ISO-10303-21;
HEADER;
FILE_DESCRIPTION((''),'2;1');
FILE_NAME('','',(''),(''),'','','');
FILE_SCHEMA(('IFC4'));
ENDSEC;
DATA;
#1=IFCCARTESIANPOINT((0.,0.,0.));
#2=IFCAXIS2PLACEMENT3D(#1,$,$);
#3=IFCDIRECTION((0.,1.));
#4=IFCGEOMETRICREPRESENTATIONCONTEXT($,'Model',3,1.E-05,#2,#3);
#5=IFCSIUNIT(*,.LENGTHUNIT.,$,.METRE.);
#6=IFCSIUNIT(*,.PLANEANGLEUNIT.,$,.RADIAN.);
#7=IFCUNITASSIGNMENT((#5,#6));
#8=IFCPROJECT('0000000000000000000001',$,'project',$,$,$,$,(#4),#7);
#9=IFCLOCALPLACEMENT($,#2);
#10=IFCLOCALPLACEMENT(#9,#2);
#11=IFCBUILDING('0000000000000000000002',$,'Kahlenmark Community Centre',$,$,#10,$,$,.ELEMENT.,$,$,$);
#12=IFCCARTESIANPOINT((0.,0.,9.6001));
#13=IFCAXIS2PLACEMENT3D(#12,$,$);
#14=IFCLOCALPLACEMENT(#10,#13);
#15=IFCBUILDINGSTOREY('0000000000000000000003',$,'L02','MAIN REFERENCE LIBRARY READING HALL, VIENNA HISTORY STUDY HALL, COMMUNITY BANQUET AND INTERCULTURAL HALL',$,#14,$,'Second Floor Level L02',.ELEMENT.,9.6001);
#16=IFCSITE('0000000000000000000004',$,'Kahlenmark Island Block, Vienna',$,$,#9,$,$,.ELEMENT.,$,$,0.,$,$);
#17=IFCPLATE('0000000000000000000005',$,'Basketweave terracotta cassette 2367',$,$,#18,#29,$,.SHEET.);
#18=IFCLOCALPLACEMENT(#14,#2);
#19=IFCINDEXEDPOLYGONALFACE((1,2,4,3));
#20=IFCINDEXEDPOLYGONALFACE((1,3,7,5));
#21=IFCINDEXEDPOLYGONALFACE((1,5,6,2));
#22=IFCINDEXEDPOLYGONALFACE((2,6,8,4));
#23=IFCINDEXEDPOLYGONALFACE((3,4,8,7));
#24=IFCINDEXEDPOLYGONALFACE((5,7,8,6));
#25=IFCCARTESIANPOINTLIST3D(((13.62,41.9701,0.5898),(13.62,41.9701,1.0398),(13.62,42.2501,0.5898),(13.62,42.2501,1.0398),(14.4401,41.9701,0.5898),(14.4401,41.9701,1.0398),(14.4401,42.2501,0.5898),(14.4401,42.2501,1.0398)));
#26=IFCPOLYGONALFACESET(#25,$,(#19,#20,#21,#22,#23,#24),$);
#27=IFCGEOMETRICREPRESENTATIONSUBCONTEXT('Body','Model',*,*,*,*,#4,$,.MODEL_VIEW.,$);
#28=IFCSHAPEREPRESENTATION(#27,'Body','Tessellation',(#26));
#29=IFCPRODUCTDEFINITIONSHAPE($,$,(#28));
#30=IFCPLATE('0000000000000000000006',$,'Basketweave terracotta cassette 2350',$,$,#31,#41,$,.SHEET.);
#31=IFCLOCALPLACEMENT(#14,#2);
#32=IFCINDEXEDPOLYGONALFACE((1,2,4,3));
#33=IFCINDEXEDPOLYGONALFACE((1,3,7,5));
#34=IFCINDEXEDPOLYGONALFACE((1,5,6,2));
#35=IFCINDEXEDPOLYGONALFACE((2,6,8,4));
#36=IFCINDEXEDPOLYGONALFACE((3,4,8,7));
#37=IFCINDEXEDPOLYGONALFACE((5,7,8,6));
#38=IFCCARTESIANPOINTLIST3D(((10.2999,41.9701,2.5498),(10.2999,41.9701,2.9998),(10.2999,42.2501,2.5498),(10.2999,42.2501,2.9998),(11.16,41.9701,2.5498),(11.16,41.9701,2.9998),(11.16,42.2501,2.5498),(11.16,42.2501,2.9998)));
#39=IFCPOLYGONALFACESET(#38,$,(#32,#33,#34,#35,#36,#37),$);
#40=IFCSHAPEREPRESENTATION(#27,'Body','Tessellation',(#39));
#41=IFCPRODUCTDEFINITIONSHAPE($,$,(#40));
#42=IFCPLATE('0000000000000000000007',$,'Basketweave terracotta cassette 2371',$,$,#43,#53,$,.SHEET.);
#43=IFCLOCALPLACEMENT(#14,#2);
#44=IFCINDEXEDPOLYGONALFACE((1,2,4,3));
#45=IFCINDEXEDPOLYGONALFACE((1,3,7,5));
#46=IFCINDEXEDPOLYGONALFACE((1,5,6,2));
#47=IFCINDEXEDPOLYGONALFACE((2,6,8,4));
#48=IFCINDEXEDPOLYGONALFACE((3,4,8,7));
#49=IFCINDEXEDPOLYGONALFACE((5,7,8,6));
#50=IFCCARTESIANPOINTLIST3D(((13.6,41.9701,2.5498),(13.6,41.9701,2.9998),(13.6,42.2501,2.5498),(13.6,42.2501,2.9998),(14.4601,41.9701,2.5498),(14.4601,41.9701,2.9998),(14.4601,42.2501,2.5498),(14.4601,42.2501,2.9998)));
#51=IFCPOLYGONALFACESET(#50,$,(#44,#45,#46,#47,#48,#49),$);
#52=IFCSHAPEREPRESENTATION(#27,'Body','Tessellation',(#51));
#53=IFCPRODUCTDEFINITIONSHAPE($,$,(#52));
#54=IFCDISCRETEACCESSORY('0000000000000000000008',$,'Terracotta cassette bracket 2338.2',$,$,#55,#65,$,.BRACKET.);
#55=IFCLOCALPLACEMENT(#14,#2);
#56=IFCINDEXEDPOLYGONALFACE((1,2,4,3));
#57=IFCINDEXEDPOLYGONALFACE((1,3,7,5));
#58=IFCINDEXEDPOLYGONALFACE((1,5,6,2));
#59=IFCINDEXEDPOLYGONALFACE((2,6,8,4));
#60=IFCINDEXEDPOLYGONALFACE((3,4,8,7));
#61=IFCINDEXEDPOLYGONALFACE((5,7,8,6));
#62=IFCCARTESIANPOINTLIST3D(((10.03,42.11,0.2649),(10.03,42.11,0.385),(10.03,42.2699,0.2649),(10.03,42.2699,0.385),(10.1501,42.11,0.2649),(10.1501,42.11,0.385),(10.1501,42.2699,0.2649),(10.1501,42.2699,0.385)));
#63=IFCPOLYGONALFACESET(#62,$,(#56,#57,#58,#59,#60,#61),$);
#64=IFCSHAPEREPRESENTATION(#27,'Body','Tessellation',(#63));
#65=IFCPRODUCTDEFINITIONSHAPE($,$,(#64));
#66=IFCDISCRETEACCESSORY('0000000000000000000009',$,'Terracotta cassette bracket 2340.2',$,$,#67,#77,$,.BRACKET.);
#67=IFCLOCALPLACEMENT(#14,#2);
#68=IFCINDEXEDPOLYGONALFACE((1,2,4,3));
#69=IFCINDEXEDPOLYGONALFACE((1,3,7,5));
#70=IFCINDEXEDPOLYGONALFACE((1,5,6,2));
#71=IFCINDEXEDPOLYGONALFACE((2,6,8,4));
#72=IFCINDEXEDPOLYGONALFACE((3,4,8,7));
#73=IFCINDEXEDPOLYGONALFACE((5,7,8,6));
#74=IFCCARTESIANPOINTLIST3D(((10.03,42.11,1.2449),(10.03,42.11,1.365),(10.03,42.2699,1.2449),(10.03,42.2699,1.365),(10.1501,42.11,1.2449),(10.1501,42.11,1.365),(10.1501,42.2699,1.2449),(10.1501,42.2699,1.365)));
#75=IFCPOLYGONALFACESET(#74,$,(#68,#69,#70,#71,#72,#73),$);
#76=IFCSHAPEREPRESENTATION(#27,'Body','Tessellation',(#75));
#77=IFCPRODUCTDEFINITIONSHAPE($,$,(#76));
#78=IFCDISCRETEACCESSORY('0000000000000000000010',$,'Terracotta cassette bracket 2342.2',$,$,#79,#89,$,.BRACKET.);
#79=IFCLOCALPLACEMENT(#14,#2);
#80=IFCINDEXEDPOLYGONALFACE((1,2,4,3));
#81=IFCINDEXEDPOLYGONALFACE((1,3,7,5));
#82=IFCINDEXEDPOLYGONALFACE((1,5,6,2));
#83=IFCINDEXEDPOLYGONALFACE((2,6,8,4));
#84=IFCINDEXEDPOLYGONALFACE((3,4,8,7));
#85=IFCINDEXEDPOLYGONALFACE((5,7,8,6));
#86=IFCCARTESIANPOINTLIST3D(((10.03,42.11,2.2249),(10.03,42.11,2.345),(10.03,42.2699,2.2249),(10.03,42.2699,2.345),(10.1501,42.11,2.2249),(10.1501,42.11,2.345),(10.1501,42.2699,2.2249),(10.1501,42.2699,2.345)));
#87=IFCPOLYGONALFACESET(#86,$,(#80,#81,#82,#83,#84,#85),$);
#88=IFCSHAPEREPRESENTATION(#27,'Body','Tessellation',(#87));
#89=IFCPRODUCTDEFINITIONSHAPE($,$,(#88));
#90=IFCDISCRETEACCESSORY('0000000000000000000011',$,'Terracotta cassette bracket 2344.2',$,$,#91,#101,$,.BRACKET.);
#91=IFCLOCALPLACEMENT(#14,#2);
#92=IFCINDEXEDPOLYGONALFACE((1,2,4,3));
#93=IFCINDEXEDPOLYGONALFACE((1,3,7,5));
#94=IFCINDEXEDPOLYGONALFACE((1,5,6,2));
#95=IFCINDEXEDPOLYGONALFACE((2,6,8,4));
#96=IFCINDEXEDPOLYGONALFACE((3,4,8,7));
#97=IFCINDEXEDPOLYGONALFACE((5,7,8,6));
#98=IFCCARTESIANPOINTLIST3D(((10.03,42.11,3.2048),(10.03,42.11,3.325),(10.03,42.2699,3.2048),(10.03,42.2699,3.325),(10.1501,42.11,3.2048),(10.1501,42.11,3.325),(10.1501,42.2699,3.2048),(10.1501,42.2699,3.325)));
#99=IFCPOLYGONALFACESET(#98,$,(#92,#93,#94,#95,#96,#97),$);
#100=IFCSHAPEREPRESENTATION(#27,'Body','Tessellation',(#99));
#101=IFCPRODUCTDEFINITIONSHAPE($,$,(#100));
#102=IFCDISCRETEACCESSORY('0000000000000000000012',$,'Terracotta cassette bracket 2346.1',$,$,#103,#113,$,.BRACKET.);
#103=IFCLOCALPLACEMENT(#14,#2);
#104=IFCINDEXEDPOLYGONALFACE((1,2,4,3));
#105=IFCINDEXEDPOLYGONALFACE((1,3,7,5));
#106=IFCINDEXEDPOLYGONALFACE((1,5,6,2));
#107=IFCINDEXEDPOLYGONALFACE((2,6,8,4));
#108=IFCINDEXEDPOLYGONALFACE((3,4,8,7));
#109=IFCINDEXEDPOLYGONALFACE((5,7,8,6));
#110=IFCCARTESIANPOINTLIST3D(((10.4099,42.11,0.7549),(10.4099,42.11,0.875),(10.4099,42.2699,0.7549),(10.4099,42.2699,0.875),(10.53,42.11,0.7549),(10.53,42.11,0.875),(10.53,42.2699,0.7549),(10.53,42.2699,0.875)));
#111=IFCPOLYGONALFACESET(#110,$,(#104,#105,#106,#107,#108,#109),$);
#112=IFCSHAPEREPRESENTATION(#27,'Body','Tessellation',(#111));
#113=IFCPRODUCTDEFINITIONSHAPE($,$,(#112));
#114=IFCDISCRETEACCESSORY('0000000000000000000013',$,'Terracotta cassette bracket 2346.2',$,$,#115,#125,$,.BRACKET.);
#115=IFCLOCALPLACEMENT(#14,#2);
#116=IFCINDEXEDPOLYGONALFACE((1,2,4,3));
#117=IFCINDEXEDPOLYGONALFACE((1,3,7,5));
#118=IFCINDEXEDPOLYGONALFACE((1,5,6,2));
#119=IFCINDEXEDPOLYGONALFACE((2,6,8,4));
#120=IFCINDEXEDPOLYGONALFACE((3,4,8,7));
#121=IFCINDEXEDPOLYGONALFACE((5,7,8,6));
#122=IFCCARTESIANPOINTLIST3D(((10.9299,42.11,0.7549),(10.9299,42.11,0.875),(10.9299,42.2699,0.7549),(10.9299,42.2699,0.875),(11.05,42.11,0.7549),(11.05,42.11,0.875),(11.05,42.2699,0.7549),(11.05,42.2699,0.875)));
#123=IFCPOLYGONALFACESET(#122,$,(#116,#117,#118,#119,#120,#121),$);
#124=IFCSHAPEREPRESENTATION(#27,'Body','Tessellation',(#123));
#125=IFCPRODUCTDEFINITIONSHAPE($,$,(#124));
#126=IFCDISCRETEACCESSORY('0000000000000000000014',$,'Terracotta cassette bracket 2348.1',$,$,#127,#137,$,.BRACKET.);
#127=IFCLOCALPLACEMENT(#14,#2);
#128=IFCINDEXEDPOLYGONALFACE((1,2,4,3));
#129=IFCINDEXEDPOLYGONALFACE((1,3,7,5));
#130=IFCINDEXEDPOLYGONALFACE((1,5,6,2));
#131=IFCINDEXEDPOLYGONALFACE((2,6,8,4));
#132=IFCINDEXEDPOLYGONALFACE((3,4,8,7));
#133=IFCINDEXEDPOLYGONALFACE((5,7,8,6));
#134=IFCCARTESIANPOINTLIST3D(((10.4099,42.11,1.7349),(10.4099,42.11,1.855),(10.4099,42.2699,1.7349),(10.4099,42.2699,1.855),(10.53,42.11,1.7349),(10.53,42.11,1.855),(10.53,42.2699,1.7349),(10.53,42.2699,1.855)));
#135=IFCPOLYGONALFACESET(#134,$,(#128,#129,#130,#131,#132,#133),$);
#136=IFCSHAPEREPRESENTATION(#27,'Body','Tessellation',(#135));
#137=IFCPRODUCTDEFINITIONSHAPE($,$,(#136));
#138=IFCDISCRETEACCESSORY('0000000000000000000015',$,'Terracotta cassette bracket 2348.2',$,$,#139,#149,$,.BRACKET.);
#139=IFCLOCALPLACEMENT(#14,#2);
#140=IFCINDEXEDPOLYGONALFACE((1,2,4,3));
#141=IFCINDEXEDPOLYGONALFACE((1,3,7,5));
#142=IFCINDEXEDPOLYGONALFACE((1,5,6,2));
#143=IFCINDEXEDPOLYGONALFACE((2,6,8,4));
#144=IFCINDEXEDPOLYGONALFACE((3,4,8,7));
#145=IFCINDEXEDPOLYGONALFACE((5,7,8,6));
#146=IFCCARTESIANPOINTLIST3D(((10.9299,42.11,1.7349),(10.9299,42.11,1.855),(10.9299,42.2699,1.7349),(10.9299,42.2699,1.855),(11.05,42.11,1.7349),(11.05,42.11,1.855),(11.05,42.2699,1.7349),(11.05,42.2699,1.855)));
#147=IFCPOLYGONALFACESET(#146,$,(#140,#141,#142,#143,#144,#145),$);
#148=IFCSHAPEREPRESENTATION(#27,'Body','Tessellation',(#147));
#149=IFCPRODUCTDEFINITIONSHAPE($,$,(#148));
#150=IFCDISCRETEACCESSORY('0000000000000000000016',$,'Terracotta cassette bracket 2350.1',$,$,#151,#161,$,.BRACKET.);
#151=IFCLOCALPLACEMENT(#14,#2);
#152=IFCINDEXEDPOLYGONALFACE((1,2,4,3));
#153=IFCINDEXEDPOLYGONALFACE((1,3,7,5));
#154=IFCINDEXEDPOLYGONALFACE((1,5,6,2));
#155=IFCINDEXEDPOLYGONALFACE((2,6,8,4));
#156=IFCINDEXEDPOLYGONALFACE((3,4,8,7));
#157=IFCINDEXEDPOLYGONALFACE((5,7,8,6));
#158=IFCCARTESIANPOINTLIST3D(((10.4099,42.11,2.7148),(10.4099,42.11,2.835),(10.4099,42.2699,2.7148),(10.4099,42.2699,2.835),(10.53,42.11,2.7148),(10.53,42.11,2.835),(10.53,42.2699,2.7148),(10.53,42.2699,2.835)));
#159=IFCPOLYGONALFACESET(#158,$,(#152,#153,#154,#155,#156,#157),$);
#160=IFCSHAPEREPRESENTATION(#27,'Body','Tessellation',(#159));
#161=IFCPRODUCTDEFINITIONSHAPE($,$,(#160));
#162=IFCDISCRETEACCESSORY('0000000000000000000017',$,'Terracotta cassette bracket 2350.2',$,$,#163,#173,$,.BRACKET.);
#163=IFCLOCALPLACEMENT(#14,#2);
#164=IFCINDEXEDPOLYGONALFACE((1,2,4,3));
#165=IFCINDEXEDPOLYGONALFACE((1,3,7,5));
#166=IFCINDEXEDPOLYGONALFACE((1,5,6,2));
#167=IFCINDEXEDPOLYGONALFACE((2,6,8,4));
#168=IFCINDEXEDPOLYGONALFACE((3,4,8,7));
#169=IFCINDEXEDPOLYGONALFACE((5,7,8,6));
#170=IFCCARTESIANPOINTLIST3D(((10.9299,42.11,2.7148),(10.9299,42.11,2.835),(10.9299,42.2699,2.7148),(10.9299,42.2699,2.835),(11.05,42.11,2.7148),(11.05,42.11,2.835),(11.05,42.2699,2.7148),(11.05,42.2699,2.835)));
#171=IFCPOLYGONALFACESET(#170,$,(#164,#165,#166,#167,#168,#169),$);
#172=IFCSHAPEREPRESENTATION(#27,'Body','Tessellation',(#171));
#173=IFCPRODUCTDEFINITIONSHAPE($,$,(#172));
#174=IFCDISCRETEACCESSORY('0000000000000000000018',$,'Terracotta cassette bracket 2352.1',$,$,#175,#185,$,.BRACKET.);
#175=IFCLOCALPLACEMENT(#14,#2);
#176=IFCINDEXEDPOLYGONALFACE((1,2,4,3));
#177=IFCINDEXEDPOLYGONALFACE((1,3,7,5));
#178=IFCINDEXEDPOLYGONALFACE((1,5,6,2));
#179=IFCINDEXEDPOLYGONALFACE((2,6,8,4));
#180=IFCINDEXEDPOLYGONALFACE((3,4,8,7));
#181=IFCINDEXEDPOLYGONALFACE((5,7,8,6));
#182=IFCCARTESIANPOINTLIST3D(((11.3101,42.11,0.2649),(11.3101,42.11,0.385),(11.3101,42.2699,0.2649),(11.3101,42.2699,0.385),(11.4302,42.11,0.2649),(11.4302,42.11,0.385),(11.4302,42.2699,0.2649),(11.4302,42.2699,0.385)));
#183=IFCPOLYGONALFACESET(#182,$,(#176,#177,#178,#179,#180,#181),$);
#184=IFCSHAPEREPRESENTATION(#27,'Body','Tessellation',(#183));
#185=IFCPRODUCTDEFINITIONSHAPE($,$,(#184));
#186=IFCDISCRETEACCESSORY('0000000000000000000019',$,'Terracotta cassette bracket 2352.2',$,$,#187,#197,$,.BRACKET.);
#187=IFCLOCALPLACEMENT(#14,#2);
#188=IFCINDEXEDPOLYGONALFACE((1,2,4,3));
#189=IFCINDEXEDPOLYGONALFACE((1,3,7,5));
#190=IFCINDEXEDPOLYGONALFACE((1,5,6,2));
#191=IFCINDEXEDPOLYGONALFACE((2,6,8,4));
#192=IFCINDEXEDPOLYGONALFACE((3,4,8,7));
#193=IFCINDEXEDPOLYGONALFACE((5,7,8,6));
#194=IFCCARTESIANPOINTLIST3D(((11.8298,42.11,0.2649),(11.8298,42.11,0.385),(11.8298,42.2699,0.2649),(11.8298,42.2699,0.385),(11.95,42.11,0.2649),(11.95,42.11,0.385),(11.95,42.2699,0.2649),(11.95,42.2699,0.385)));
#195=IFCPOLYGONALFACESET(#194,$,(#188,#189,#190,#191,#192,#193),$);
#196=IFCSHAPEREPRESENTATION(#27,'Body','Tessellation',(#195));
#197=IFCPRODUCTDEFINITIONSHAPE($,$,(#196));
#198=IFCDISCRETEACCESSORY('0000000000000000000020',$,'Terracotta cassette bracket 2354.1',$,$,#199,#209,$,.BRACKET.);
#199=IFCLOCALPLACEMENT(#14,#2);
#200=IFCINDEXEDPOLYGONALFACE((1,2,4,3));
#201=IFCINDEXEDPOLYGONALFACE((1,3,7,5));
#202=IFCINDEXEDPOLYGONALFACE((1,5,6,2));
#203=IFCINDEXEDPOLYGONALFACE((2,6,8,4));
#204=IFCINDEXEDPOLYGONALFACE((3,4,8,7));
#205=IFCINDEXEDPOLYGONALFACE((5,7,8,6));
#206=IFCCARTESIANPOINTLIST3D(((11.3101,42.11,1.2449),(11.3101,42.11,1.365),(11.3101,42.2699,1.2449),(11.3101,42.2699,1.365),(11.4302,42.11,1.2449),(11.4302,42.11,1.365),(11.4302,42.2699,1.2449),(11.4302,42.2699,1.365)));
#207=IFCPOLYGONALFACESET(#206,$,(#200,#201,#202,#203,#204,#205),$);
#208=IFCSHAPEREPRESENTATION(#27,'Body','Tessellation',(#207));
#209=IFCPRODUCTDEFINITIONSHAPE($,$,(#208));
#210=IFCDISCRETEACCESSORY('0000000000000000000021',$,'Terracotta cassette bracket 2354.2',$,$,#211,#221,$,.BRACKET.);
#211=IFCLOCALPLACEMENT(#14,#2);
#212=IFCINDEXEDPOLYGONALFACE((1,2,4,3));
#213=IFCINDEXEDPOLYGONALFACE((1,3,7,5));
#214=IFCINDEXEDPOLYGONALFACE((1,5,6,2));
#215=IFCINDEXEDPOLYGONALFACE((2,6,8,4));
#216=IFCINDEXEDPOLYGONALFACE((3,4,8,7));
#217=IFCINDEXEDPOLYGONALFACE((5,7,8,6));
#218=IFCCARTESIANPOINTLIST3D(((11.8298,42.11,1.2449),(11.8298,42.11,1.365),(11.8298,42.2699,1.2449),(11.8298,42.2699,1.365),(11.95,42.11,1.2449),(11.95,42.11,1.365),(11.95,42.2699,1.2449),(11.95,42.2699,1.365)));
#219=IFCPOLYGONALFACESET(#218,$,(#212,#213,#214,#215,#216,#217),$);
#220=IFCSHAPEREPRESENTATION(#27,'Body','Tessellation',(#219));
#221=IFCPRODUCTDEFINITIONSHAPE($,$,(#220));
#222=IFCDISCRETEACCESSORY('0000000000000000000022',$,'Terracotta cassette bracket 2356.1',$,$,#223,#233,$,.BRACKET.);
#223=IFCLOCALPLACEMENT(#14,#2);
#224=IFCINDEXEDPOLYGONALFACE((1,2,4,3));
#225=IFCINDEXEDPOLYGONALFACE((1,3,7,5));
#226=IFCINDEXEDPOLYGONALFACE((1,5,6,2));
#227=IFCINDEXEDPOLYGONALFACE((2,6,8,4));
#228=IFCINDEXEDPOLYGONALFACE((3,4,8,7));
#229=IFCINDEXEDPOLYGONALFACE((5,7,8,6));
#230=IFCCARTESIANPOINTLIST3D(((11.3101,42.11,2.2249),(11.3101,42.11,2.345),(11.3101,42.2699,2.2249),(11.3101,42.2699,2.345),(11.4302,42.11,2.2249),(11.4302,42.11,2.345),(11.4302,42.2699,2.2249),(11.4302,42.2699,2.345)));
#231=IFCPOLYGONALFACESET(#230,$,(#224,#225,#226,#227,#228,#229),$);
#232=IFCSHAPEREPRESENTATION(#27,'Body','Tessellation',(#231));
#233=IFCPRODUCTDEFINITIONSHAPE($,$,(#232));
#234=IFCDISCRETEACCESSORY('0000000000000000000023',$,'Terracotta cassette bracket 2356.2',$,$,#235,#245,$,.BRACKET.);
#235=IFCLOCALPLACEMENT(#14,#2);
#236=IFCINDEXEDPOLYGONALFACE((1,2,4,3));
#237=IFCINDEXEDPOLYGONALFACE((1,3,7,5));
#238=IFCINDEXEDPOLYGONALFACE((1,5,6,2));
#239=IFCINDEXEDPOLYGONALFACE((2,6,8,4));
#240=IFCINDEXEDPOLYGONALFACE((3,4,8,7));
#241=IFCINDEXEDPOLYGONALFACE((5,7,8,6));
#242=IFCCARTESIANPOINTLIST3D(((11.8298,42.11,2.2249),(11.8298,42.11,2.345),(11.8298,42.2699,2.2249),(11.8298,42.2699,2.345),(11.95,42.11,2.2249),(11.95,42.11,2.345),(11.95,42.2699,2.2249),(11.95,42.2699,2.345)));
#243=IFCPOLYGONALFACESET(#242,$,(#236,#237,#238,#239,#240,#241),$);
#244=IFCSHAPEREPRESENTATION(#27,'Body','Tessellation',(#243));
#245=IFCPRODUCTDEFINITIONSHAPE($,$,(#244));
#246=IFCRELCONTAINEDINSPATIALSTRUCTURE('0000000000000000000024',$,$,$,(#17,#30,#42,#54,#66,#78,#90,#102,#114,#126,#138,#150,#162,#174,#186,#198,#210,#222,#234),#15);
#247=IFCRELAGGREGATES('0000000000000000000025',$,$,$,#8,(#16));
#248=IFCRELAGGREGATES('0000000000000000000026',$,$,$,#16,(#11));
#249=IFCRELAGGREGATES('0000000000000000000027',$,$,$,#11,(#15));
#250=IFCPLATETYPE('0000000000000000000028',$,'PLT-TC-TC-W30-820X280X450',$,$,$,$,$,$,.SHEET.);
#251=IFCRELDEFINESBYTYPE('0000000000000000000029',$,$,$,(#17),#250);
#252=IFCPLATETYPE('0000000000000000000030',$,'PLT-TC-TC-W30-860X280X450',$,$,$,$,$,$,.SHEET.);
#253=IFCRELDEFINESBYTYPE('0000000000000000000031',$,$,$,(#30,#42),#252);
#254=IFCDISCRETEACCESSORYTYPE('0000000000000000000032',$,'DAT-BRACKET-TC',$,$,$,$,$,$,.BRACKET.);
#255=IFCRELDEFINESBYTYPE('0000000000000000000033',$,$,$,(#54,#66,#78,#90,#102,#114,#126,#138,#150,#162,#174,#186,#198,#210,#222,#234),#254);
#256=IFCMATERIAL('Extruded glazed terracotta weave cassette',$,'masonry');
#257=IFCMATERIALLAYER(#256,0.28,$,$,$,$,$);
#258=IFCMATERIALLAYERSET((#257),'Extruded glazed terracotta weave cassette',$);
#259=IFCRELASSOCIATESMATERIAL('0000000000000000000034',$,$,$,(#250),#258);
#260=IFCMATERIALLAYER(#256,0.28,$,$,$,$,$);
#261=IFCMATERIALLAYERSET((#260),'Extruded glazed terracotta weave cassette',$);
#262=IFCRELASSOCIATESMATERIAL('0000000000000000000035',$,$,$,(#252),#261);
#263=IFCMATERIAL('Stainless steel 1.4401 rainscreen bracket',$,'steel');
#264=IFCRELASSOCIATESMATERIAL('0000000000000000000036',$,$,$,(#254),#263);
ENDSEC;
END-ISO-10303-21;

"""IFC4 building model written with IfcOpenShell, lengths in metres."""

from ifc_helpers import new_model, si_unit, direction, frame, origin, origin_2d, place, context, subcontext, project, spatial, rectangle, extrude, material, layer, layer_set, type_object, element, save


model = new_model("IFC4")

# Units and contexts
model_context = context("Model", 3, precision=1e-05, world=origin(), true_north=direction((0.0, 1.0)))
body_context = subcontext(model_context, "Body", "Model", "MODEL_VIEW")
ifc_project = project(units=[si_unit("LENGTHUNIT", "METRE"), si_unit("PLANEANGLEUNIT", "RADIAN")], contexts=[model_context])

# Site, building, storey
site_placement = place(None, origin())
site = spatial("IfcSite", under=ifc_project, at=site_placement, Name="Kahlenmark Island Block, Vienna", CompositionType="ELEMENT", RefElevation=0.0)
building_placement = place(site_placement, origin())
building = spatial("IfcBuilding", under=site, at=building_placement, Name="Kahlenmark Community Centre", CompositionType="ELEMENT")
storey_placement = place(building_placement, frame((0.0, 0.0, 9.6001)))
storey = spatial("IfcBuildingStorey", under=building, at=storey_placement, Name="L02", Description="MAIN REFERENCE LIBRARY READING HALL, VIENNA HISTORY STUDY HALL, COMMUNITY BANQUET AND INTERCULTURAL HALL", LongName="Second Floor Level L02", CompositionType="ELEMENT", Elevation=9.6001)

# Plates
ifc_material_1 = material(Name="Extruded glazed terracotta weave cassette", Category="masonry")
ifc_layer_1 = layer(ifc_material_1, 0.28)
ifc_layer_set_1 = layer_set([ifc_layer_1], Name="Extruded glazed terracotta weave cassette")
plate_type_1 = type_object("IfcPlateType", Name="PLT-TC-TC-W30-820X280X450", PredefinedType="SHEET", material=ifc_layer_set_1)
for number, where, z_axis, x_axis, name in (
    (1, (14.03, 42.1101, 0.5898), (0.0, 0.0, 1.0), (1.0, 0.0, 0.0), "Basketweave terracotta cassette 2367"),
):
    element("IfcPlate", number, at=place(storey_placement, frame(where, z_axis=z_axis, x_axis=x_axis)), inside=storey, type_object=plate_type_1, Name=name, PredefinedType="SHEET", context=body_context, shape_type="SweptSolid", body=[
        extrude(rectangle(XDim=0.8201, YDim=0.28, at=origin_2d()), origin(), (0.0, 0.0, 1.0), 0.45),
    ])
ifc_layer_2 = layer(ifc_material_1, 0.28)
ifc_layer_set_2 = layer_set([ifc_layer_2], Name="Extruded glazed terracotta weave cassette")
plate_type_2 = type_object("IfcPlateType", Name="PLT-TC-TC-W30-860X280X450", PredefinedType="SHEET", material=ifc_layer_set_2)
for number, where, z_axis, x_axis, name in (
    (2, (10.73, 42.1101, 2.5498), (0.0, 0.0, 1.0), (1.0, 0.0, 0.0), "Basketweave terracotta cassette 2350"),
    (3, (14.03, 42.1101, 2.5498), (0.0, 0.0, 1.0), (1.0, 0.0, 0.0), "Basketweave terracotta cassette 2371"),
):
    element("IfcPlate", number, at=place(storey_placement, frame(where, z_axis=z_axis, x_axis=x_axis)), inside=storey, type_object=plate_type_2, Name=name, PredefinedType="SHEET", context=body_context, shape_type="SweptSolid", body=[
        extrude(rectangle(XDim=0.8601, YDim=0.28, at=origin_2d()), origin(), (0.0, 0.0, 1.0), 0.45),
    ])

# Discrete accessories
ifc_material_2 = material(Name="Stainless steel 1.4401 rainscreen bracket", Category="steel")
discrete_accessory_type = type_object("IfcDiscreteAccessoryType", Name="DAT-BRACKET-TC", PredefinedType="BRACKET", material=ifc_material_2)
for number, where, z_axis, x_axis, name in (
    (4, (10.0901, 42.1899, 0.2649), (0.0, 0.0, 1.0), (1.0, 0.0, 0.0), "Terracotta cassette bracket 2338.2"),
    (5, (10.0901, 42.1899, 1.2449), (0.0, 0.0, 1.0), (1.0, 0.0, 0.0), "Terracotta cassette bracket 2340.2"),
    (6, (10.0901, 42.1899, 2.2249), (0.0, 0.0, 1.0), (1.0, 0.0, 0.0), "Terracotta cassette bracket 2342.2"),
    (7, (10.0901, 42.1899, 3.2048), (0.0, 0.0, 1.0), (1.0, 0.0, 0.0), "Terracotta cassette bracket 2344.2"),
    (8, (10.47, 42.1899, 0.7549), (0.0, 0.0, 1.0), (1.0, 0.0, 0.0), "Terracotta cassette bracket 2346.1"),
    (9, (10.99, 42.1899, 0.7549), (0.0, 0.0, 1.0), (1.0, 0.0, 0.0), "Terracotta cassette bracket 2346.2"),
    (10, (10.47, 42.1899, 1.7349), (0.0, 0.0, 1.0), (1.0, 0.0, 0.0), "Terracotta cassette bracket 2348.1"),
    (11, (10.99, 42.1899, 1.7349), (0.0, 0.0, 1.0), (1.0, 0.0, 0.0), "Terracotta cassette bracket 2348.2"),
    (12, (10.47, 42.1899, 2.7148), (0.0, 0.0, 1.0), (1.0, 0.0, 0.0), "Terracotta cassette bracket 2350.1"),
    (13, (10.99, 42.1899, 2.7148), (0.0, 0.0, 1.0), (1.0, 0.0, 0.0), "Terracotta cassette bracket 2350.2"),
    (14, (11.3701, 42.1899, 0.2649), (0.0, 0.0, 1.0), (1.0, 0.0, 0.0), "Terracotta cassette bracket 2352.1"),
    (15, (11.8899, 42.1899, 0.2649), (0.0, 0.0, 1.0), (1.0, 0.0, 0.0), "Terracotta cassette bracket 2352.2"),
    (16, (11.3701, 42.1899, 1.2449), (0.0, 0.0, 1.0), (1.0, 0.0, 0.0), "Terracotta cassette bracket 2354.1"),
    (17, (11.8899, 42.1899, 1.2449), (0.0, 0.0, 1.0), (1.0, 0.0, 0.0), "Terracotta cassette bracket 2354.2"),
    (18, (11.3701, 42.1899, 2.2249), (0.0, 0.0, 1.0), (1.0, 0.0, 0.0), "Terracotta cassette bracket 2356.1"),
    (19, (11.8899, 42.1899, 2.2249), (0.0, 0.0, 1.0), (1.0, 0.0, 0.0), "Terracotta cassette bracket 2356.2"),
):
    element("IfcDiscreteAccessory", number, at=place(storey_placement, frame(where, z_axis=z_axis, x_axis=x_axis)), inside=storey, type_object=discrete_accessory_type, Name=name, PredefinedType="BRACKET", context=body_context, shape_type="SweptSolid", body=[
        extrude(rectangle(XDim=0.1201, YDim=0.1599, at=origin_2d()), origin(), (0.0, 0.0, 1.0), 0.1201),
    ])

save(model, "model.ifc")
